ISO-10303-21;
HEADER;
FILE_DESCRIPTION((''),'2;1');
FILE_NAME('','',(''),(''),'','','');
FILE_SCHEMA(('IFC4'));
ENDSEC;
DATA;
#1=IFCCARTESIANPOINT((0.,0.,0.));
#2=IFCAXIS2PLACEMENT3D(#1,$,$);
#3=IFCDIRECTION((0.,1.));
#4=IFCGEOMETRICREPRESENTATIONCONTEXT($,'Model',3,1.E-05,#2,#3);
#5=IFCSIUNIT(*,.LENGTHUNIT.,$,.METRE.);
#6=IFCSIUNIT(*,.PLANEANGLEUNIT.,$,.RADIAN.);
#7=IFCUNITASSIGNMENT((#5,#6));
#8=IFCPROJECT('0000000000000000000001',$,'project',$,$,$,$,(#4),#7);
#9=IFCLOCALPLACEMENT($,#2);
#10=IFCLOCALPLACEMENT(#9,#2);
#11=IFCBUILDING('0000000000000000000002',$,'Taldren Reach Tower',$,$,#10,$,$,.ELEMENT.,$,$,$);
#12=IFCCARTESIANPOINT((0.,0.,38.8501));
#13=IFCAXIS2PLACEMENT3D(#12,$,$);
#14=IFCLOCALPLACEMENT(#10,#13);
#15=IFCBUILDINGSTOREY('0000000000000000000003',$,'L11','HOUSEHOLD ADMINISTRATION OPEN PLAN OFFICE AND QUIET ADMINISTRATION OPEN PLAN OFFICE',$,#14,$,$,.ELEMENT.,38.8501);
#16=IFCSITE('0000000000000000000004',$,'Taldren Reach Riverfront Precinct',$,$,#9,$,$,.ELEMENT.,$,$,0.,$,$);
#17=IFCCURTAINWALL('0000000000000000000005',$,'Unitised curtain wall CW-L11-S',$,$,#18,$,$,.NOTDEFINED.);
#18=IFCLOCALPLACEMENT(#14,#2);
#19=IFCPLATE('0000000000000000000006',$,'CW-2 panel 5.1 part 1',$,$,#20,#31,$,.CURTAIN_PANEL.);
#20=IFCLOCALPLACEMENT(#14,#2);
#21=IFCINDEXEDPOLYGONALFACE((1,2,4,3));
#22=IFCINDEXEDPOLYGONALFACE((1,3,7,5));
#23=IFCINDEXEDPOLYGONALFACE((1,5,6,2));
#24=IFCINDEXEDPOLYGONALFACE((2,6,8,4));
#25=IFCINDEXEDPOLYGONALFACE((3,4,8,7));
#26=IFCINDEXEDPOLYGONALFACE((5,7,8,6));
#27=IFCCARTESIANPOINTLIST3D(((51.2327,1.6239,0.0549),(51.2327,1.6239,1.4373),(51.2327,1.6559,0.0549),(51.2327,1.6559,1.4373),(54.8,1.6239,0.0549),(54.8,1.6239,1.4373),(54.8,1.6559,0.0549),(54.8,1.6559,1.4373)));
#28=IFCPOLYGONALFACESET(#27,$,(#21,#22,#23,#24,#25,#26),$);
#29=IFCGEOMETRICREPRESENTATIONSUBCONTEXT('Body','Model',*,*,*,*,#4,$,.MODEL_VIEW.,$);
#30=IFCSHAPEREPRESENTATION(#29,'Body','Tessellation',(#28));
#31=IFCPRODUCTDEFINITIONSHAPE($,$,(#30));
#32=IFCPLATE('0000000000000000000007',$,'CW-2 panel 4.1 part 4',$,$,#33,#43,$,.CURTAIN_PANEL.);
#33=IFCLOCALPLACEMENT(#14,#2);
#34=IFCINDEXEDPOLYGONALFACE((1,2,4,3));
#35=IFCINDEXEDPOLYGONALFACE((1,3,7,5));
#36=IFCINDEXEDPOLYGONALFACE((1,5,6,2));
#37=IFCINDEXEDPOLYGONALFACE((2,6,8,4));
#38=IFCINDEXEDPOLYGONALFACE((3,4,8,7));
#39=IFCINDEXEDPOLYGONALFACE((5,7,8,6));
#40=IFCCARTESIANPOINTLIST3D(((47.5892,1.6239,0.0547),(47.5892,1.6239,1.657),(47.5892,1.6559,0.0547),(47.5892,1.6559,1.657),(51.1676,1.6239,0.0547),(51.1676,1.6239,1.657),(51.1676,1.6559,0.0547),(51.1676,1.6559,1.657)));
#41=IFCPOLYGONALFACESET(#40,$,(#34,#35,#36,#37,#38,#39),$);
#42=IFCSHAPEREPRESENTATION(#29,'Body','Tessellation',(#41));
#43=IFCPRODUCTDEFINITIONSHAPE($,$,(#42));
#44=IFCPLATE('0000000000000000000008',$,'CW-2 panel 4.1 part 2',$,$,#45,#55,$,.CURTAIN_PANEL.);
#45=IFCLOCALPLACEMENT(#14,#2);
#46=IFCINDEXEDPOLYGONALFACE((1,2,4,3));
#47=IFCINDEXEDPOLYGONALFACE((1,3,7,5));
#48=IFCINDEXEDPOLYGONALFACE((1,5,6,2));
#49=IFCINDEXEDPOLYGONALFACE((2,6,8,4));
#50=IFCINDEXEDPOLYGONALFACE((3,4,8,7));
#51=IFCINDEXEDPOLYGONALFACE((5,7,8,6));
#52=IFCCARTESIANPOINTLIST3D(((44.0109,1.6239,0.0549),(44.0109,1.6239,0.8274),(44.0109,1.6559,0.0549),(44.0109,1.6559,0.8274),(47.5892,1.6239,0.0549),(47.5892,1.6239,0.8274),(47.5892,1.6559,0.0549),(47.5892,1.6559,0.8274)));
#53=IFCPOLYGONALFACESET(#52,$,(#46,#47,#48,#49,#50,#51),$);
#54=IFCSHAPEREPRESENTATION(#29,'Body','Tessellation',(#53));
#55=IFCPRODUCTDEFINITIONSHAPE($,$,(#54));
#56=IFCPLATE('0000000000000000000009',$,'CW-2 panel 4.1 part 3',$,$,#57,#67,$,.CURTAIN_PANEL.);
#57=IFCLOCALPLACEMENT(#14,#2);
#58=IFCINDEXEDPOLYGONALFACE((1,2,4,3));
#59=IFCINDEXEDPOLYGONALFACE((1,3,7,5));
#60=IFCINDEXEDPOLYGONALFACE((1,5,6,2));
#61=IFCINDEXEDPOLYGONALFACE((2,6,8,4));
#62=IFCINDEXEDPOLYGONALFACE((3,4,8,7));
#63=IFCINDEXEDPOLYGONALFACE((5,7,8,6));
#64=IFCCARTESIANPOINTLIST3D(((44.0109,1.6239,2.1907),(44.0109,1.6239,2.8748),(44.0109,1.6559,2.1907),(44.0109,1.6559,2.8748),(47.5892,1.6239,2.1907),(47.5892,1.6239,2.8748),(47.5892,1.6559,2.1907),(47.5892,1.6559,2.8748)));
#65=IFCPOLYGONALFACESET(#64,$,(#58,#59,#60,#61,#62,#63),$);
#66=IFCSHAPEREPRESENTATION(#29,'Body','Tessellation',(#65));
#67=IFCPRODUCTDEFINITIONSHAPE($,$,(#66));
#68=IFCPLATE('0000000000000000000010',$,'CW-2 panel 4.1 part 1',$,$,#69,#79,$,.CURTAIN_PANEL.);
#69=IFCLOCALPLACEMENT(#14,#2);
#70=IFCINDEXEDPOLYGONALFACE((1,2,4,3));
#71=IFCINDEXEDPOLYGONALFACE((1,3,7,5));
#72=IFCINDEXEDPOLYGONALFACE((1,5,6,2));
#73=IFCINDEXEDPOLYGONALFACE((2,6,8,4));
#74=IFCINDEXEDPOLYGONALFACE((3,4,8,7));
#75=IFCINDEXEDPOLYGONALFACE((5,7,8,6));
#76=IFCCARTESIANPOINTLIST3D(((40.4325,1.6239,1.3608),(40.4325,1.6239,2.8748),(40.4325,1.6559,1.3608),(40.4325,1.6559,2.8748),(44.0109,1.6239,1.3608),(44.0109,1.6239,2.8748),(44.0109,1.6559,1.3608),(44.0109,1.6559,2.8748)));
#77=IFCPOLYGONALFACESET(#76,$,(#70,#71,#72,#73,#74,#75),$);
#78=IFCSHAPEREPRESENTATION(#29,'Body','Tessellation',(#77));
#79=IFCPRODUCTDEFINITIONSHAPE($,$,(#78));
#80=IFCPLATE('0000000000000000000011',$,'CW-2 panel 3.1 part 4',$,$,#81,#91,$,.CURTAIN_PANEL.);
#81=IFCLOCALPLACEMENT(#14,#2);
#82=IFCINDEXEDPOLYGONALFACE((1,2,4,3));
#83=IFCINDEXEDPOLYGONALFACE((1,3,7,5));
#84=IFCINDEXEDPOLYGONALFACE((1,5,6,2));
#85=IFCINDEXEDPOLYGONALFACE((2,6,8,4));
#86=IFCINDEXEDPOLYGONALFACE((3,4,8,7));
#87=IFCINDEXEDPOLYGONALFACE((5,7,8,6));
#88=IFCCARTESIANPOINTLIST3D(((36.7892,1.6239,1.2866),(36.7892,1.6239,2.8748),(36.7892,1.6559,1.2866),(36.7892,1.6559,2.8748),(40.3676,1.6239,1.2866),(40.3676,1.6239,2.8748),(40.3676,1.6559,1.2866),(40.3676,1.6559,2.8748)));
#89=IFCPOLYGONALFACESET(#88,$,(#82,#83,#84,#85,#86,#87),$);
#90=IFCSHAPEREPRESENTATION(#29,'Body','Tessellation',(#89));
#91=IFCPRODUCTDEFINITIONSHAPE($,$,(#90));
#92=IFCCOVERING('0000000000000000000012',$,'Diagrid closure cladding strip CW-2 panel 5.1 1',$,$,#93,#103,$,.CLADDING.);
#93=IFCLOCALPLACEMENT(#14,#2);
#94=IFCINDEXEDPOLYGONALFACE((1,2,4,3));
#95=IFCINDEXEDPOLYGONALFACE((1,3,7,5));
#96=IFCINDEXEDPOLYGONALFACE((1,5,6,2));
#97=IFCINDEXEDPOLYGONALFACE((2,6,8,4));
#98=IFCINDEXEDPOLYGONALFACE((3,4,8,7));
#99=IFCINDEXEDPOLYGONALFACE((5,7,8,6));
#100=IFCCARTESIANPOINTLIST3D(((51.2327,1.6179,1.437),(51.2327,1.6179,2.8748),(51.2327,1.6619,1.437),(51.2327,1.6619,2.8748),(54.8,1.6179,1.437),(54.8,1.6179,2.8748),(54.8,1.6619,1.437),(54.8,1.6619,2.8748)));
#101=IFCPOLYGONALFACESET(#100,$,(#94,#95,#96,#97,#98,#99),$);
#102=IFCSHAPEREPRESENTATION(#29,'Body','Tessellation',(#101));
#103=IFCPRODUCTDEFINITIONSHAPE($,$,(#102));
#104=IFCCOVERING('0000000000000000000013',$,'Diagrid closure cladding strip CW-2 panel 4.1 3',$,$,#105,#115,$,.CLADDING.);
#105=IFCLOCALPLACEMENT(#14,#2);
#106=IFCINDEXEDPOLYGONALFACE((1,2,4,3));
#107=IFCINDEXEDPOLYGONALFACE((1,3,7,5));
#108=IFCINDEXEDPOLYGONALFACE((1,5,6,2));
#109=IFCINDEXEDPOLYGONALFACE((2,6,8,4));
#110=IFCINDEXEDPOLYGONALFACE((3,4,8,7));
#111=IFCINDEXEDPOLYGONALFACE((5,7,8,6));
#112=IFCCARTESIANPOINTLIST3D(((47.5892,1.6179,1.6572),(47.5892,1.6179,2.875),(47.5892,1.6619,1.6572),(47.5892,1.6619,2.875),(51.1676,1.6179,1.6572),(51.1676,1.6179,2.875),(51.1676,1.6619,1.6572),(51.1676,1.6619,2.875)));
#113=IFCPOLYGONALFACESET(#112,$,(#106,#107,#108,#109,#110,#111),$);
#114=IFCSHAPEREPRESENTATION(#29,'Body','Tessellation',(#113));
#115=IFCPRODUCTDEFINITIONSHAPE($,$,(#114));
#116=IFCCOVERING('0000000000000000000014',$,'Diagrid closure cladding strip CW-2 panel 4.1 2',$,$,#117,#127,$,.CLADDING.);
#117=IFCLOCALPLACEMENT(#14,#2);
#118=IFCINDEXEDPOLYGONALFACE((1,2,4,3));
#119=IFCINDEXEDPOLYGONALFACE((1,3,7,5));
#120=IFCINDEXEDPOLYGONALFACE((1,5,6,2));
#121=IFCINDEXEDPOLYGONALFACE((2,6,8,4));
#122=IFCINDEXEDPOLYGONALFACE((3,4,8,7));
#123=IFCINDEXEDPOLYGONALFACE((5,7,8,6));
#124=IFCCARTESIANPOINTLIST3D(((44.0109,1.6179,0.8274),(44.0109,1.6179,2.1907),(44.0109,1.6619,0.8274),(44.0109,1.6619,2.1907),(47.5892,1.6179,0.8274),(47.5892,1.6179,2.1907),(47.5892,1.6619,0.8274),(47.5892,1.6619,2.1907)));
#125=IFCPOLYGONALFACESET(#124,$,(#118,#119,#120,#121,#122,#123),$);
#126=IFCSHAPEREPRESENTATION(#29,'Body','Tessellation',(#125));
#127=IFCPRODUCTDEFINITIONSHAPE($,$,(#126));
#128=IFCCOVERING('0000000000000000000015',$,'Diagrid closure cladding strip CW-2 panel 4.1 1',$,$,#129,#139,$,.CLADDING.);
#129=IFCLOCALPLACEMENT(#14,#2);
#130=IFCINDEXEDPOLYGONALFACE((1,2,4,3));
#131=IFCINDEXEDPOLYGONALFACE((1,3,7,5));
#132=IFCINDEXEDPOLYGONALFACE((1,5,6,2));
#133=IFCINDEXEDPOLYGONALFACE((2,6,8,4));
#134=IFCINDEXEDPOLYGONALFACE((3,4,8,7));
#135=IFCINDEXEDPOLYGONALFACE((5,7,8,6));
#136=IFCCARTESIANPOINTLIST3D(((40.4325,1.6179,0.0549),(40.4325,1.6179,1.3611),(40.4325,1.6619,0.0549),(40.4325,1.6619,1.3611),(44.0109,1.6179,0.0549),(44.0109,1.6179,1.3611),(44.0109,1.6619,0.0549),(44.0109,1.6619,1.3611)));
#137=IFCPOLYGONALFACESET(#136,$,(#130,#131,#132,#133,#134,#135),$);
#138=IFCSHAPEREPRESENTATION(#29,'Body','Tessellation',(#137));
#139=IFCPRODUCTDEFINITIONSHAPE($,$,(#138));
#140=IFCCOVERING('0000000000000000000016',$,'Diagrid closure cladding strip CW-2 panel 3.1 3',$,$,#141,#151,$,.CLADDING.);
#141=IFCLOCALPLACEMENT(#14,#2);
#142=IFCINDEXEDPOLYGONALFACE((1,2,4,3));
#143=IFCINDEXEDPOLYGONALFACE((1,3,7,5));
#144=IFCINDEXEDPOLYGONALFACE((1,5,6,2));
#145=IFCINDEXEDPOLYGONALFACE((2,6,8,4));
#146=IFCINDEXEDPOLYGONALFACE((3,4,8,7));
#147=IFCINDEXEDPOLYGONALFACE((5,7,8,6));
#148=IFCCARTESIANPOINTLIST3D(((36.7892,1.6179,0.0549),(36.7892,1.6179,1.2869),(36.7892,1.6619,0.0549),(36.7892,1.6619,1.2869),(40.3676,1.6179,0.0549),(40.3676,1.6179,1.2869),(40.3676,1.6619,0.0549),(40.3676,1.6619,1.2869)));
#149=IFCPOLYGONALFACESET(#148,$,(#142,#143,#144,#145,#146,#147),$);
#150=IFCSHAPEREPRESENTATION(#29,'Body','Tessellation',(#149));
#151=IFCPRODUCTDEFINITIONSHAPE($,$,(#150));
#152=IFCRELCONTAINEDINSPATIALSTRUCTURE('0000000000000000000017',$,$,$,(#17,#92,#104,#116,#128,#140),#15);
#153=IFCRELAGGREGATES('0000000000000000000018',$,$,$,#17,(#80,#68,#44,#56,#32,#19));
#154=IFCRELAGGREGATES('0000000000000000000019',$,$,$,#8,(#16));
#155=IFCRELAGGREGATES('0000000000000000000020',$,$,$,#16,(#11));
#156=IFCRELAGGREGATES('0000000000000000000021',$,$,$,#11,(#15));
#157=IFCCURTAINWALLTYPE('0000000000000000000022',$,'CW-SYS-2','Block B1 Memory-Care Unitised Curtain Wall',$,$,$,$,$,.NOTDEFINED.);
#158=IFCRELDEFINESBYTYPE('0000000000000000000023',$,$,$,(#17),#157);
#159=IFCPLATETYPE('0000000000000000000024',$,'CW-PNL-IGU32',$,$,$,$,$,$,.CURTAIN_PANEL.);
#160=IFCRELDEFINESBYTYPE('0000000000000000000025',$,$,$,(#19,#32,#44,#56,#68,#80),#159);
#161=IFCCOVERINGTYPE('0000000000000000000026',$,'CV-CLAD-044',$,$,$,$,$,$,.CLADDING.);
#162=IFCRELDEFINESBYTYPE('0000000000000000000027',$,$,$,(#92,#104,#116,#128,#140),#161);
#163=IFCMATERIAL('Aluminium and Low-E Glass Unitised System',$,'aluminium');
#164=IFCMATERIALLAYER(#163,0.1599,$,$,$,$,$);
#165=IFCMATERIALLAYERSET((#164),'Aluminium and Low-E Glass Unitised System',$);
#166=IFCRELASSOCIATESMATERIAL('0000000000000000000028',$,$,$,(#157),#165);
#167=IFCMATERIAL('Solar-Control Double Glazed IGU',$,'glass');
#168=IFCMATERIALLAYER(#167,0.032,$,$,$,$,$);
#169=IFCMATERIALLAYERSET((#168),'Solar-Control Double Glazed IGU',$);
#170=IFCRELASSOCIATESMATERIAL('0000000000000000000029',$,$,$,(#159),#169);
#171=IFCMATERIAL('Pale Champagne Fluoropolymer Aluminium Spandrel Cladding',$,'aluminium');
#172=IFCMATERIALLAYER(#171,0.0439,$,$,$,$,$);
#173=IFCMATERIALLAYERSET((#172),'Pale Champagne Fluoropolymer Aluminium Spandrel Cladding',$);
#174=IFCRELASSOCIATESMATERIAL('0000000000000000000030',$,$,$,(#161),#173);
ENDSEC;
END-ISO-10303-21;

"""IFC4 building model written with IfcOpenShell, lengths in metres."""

from ifc_helpers import new_model, si_unit, direction, frame, origin, origin_2d, place, context, subcontext, project, spatial, rectangle, extrude, source, transform, mapped, material, layer, layer_set, type_object, element, aggregate, save


model = new_model("IFC4")

# Units and contexts
model_context = context("Model", 3, precision=1e-05, world=origin(), true_north=direction((0.0, 1.0)))
body_context = subcontext(model_context, "Body", "Model", "MODEL_VIEW")
ifc_project = project(units=[si_unit("LENGTHUNIT", "METRE"), si_unit("PLANEANGLEUNIT", "RADIAN")], contexts=[model_context])

# Site, building, storey
site_placement = place(None, origin())
site = spatial("IfcSite", under=ifc_project, at=site_placement, Name="Taldren Reach Riverfront Precinct", CompositionType="ELEMENT", RefElevation=0.0)
building_placement = place(site_placement, origin())
building = spatial("IfcBuilding", under=site, at=building_placement, Name="Taldren Reach Tower", CompositionType="ELEMENT")
storey_placement = place(building_placement, frame((0.0, 0.0, 38.8501)))
storey = spatial("IfcBuildingStorey", under=building, at=storey_placement, Name="L11", Description="HOUSEHOLD ADMINISTRATION OPEN PLAN OFFICE AND QUIET ADMINISTRATION OPEN PLAN OFFICE", CompositionType="ELEMENT", Elevation=38.8501)

# Curtain wall
ifc_material_1 = material(Name="Aluminium and Low-E Glass Unitised System", Category="aluminium")
ifc_layer_1 = layer(ifc_material_1, 0.1599)
ifc_layer_set_1 = layer_set([ifc_layer_1], Name="Aluminium and Low-E Glass Unitised System")
curtain_wall_type = type_object("IfcCurtainWallType", Name="CW-SYS-2", Description="Block B1 Memory-Care Unitised Curtain Wall", PredefinedType="NOTDEFINED", material=ifc_layer_set_1)
curtain_wall_placement = place(storey_placement, origin())
curtain_wall = element("IfcCurtainWall", 1, at=curtain_wall_placement, inside=storey, type_object=curtain_wall_type, Name="Unitised curtain wall CW-L11-S", PredefinedType="NOTDEFINED")

# Plates
ifc_material_2 = material(Name="Solar-Control Double Glazed IGU", Category="glass")
ifc_layer_2 = layer(ifc_material_2, 0.032)
ifc_layer_set_2 = layer_set([ifc_layer_2], Name="Solar-Control Double Glazed IGU")
plate_type_1 = type_object("IfcPlateType", Name="CW-PNL-IGU32", PredefinedType="CURTAIN_PANEL", material=ifc_layer_set_2)
shared_shape_1 = source(origin(), body_context, "Body", "SweptSolid", [
    extrude(rectangle(XDim=3.5674, YDim=0.032, at=origin_2d()), origin(), (0.0, 0.0, 1.0), 1.3823),
])
plate_1_placement = place(storey_placement, frame((53.0164, 1.6399, 0.0549), z_axis=(0.0, 0.0, 1.0), x_axis=(1.0, 0.0, 0.0)))
plate_1 = element("IfcPlate", 2, at=plate_1_placement, type_object=plate_type_1, Name="CW-2 panel 5.1 part 1", PredefinedType="CURTAIN_PANEL", context=body_context, shape_type="MappedRepresentation", body=[
    mapped(shared_shape_1, transform((0.0, 0.0, 0.0), scale=1.0)),
])
shared_shape_2 = source(origin(), body_context, "Body", "SweptSolid", [
    extrude(rectangle(XDim=3.5784, YDim=0.032, at=origin_2d()), origin(), (0.0, 0.0, 1.0), 1.6023),
])
plate_2_placement = place(storey_placement, frame((49.3784, 1.6399, 0.0547), z_axis=(0.0, 0.0, 1.0), x_axis=(1.0, 0.0, 0.0)))
plate_2 = element("IfcPlate", 3, at=plate_2_placement, type_object=plate_type_1, Name="CW-2 panel 4.1 part 4", PredefinedType="CURTAIN_PANEL", context=body_context, shape_type="MappedRepresentation", body=[
    mapped(shared_shape_2, transform((0.0, 0.0, 0.0), scale=1.0)),
])
shared_shape_3 = source(origin(), body_context, "Body", "SweptSolid", [
    extrude(rectangle(XDim=3.5784, YDim=0.032, at=origin_2d()), origin(), (0.0, 0.0, 1.0), 0.7725),
])
plate_3_placement = place(storey_placement, frame((45.8, 1.6399, 0.0549), z_axis=(0.0, 0.0, 1.0), x_axis=(1.0, 0.0, 0.0)))
plate_3 = element("IfcPlate", 4, at=plate_3_placement, type_object=plate_type_1, Name="CW-2 panel 4.1 part 2", PredefinedType="CURTAIN_PANEL", context=body_context, shape_type="MappedRepresentation", body=[
    mapped(shared_shape_3, transform((0.0, 0.0, 0.0), scale=1.0)),
])
shared_shape_4 = source(origin(), body_context, "Body", "SweptSolid", [
    extrude(rectangle(XDim=3.5784, YDim=0.032, at=origin_2d()), origin(), (0.0, 0.0, 1.0), 0.6841),
])
plate_4_placement = place(storey_placement, frame((45.8, 1.6399, 2.1907), z_axis=(0.0, 0.0, 1.0), x_axis=(1.0, 0.0, 0.0)))
plate_4 = element("IfcPlate", 5, at=plate_4_placement, type_object=plate_type_1, Name="CW-2 panel 4.1 part 3", PredefinedType="CURTAIN_PANEL", context=body_context, shape_type="MappedRepresentation", body=[
    mapped(shared_shape_4, transform((0.0, 0.0, 0.0), scale=1.0)),
])
shared_shape_5 = source(origin(), body_context, "Body", "SweptSolid", [
    extrude(rectangle(XDim=3.5784, YDim=0.032, at=origin_2d()), origin(), (0.0, 0.0, 1.0), 1.5139),
])
plate_5_placement = place(storey_placement, frame((42.2217, 1.6399, 1.3608), z_axis=(0.0, 0.0, 1.0), x_axis=(1.0, 0.0, 0.0)))
plate_5 = element("IfcPlate", 6, at=plate_5_placement, type_object=plate_type_1, Name="CW-2 panel 4.1 part 1", PredefinedType="CURTAIN_PANEL", context=body_context, shape_type="MappedRepresentation", body=[
    mapped(shared_shape_5, transform((0.0, 0.0, 0.0), scale=1.0)),
])
shared_shape_6 = source(origin(), body_context, "Body", "SweptSolid", [
    extrude(rectangle(XDim=3.5784, YDim=0.032, at=origin_2d()), origin(), (0.0, 0.0, 1.0), 1.5881),
])
plate_6_placement = place(storey_placement, frame((38.5784, 1.6399, 1.2866), z_axis=(0.0, 0.0, 1.0), x_axis=(1.0, 0.0, 0.0)))
plate_6 = element("IfcPlate", 7, at=plate_6_placement, type_object=plate_type_1, Name="CW-2 panel 3.1 part 4", PredefinedType="CURTAIN_PANEL", context=body_context, shape_type="MappedRepresentation", body=[
    mapped(shared_shape_6, transform((0.0, 0.0, 0.0), scale=1.0)),
])
aggregate(curtain_wall, [plate_6, plate_5, plate_3, plate_4, plate_2, plate_1])

# Coverings
ifc_material_3 = material(Name="Pale Champagne Fluoropolymer Aluminium Spandrel Cladding", Category="aluminium")
ifc_layer_3 = layer(ifc_material_3, 0.0439)
ifc_layer_set_3 = layer_set([ifc_layer_3], Name="Pale Champagne Fluoropolymer Aluminium Spandrel Cladding")
covering_type = type_object("IfcCoveringType", Name="CV-CLAD-044", PredefinedType="CLADDING", material=ifc_layer_set_3)
shared_shape_7 = source(origin(), body_context, "Body", "SweptSolid", [
    extrude(rectangle(XDim=3.5674, YDim=0.0439, at=origin_2d()), origin(), (0.0, 0.0, 1.0), 1.4377),
])
covering_1_placement = place(storey_placement, frame((53.0164, 1.6399, 1.437), z_axis=(0.0, 0.0, 1.0), x_axis=(1.0, 0.0, 0.0)))
element("IfcCovering", 8, at=covering_1_placement, inside=storey, type_object=covering_type, Name="Diagrid closure cladding strip CW-2 panel 5.1 1", PredefinedType="CLADDING", context=body_context, shape_type="MappedRepresentation", body=[
    mapped(shared_shape_7, transform((0.0, 0.0, 0.0), scale=1.0)),
])
shared_shape_8 = source(origin(), body_context, "Body", "SweptSolid", [
    extrude(rectangle(XDim=3.5784, YDim=0.0439, at=origin_2d()), origin(), (0.0, 0.0, 1.0), 1.2178),
])
covering_2_placement = place(storey_placement, frame((49.3784, 1.6399, 1.6572), z_axis=(0.0, 0.0, 1.0), x_axis=(1.0, 0.0, 0.0)))
element("IfcCovering", 9, at=covering_2_placement, inside=storey, type_object=covering_type, Name="Diagrid closure cladding strip CW-2 panel 4.1 3", PredefinedType="CLADDING", context=body_context, shape_type="MappedRepresentation", body=[
    mapped(shared_shape_8, transform((0.0, 0.0, 0.0), scale=1.0)),
])
shared_shape_9 = source(origin(), body_context, "Body", "SweptSolid", [
    extrude(rectangle(XDim=3.5784, YDim=0.0439, at=origin_2d()), origin(), (0.0, 0.0, 1.0), 1.3633),
])
covering_3_placement = place(storey_placement, frame((45.8, 1.6399, 0.8274), z_axis=(0.0, 0.0, 1.0), x_axis=(1.0, 0.0, 0.0)))
element("IfcCovering", 10, at=covering_3_placement, inside=storey, type_object=covering_type, Name="Diagrid closure cladding strip CW-2 panel 4.1 2", PredefinedType="CLADDING", context=body_context, shape_type="MappedRepresentation", body=[
    mapped(shared_shape_9, transform((0.0, 0.0, 0.0), scale=1.0)),
])
shared_shape_10 = source(origin(), body_context, "Body", "SweptSolid", [
    extrude(rectangle(XDim=3.5784, YDim=0.0439, at=origin_2d()), origin(), (0.0, 0.0, 1.0), 1.3062),
])
covering_4_placement = place(storey_placement, frame((42.2217, 1.6399, 0.0549), z_axis=(0.0, 0.0, 1.0), x_axis=(1.0, 0.0, 0.0)))
element("IfcCovering", 11, at=covering_4_placement, inside=storey, type_object=covering_type, Name="Diagrid closure cladding strip CW-2 panel 4.1 1", PredefinedType="CLADDING", context=body_context, shape_type="MappedRepresentation", body=[
    mapped(shared_shape_10, transform((0.0, 0.0, 0.0), scale=1.0)),
])
shared_shape_11 = source(origin(), body_context, "Body", "SweptSolid", [
    extrude(rectangle(XDim=3.5784, YDim=0.0439, at=origin_2d()), origin(), (0.0, 0.0, 1.0), 1.2319),
])
covering_5_placement = place(storey_placement, frame((38.5784, 1.6399, 0.0549), z_axis=(0.0, 0.0, 1.0), x_axis=(1.0, 0.0, 0.0)))
element("IfcCovering", 12, at=covering_5_placement, inside=storey, type_object=covering_type, Name="Diagrid closure cladding strip CW-2 panel 3.1 3", PredefinedType="CLADDING", context=body_context, shape_type="MappedRepresentation", body=[
    mapped(shared_shape_11, transform((0.0, 0.0, 0.0), scale=1.0)),
])

save(model, "model.ifc")
